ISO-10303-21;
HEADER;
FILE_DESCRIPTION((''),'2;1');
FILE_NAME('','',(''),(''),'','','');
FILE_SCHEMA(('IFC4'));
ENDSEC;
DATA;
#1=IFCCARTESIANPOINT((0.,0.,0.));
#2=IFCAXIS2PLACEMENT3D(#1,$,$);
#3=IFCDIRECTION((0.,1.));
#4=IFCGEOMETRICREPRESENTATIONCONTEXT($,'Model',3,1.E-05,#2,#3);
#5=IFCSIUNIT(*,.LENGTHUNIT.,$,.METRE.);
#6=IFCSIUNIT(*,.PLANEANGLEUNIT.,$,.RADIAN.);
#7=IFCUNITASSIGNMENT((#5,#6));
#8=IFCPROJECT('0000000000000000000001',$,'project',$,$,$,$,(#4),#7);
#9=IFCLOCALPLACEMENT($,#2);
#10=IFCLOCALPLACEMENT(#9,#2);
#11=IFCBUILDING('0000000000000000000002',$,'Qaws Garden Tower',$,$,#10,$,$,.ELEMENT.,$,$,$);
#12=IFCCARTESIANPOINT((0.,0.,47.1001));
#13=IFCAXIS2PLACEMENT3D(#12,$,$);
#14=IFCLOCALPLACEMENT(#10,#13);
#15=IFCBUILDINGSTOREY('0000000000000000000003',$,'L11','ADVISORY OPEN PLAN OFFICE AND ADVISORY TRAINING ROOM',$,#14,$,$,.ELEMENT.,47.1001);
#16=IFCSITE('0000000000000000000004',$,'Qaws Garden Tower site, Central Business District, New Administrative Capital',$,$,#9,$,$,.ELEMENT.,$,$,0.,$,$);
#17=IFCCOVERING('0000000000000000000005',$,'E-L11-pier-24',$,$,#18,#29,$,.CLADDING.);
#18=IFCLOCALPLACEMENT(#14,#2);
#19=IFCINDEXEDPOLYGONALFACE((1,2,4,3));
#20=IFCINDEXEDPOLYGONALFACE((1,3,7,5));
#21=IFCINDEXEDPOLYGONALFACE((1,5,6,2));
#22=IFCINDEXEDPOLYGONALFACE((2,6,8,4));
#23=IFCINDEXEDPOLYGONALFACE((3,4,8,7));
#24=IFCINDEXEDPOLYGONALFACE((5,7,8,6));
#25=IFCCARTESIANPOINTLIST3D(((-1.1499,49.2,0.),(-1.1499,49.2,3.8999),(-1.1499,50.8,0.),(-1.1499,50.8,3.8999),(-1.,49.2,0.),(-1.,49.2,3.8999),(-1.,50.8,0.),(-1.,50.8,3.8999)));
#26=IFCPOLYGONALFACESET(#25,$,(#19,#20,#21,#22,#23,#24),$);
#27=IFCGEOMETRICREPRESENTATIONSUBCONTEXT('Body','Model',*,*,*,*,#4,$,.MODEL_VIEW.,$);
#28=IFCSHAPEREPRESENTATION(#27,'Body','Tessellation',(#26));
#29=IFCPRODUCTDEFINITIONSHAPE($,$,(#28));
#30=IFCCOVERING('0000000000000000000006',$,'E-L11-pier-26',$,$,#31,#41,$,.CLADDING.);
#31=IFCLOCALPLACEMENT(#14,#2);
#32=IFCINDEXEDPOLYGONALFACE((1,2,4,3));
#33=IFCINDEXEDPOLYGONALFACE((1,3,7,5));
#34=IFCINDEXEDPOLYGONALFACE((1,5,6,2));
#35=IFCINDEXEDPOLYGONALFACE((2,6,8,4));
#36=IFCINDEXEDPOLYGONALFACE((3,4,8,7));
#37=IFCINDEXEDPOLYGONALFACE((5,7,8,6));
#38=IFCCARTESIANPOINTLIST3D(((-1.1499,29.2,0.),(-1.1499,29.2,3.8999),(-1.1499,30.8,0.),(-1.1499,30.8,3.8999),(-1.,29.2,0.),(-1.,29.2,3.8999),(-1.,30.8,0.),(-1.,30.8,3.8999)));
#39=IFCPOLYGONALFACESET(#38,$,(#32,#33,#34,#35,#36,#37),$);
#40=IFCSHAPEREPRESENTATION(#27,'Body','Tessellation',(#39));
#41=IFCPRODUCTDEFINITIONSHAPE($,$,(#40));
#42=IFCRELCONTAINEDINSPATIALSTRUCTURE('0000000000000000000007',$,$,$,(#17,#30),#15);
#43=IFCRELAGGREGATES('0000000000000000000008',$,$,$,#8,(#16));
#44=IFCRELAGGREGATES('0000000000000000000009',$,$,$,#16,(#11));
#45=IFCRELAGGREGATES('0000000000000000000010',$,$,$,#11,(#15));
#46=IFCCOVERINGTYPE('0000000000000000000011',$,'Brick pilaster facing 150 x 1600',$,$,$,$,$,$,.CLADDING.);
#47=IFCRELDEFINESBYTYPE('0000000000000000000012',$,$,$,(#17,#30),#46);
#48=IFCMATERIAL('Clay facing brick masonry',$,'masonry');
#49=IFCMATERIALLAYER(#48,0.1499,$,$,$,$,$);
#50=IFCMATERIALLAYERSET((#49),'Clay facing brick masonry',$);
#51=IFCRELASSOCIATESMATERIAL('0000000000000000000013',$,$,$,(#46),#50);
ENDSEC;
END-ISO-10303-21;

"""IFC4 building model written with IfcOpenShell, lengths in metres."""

from ifc_helpers import new_model, si_unit, direction, frame, origin, place, context, subcontext, project, spatial, polyline, outline, extrude, material, layer, layer_set, type_object, element, save


model = new_model("IFC4")

# Units and contexts
model_context = context("Model", 3, precision=1e-05, world=origin(), true_north=direction((0.0, 1.0)))
body_context = subcontext(model_context, "Body", "Model", "MODEL_VIEW")
ifc_project = project(units=[si_unit("LENGTHUNIT", "METRE"), si_unit("PLANEANGLEUNIT", "RADIAN")], contexts=[model_context])

# Site, building, storey
site_placement = place(None, origin())
site = spatial("IfcSite", under=ifc_project, at=site_placement, Name="Qaws Garden Tower site, Central Business District, New Administrative Capital", CompositionType="ELEMENT", RefElevation=0.0)
building_placement = place(site_placement, origin())
building = spatial("IfcBuilding", under=site, at=building_placement, Name="Qaws Garden Tower", CompositionType="ELEMENT")
storey_placement = place(building_placement, frame((0.0, 0.0, 47.1001)))
storey = spatial("IfcBuildingStorey", under=building, at=storey_placement, Name="L11", Description="ADVISORY OPEN PLAN OFFICE AND ADVISORY TRAINING ROOM", CompositionType="ELEMENT", Elevation=47.1001)

# Shared definitions
placement = place(storey_placement, origin())

# Coverings
ifc_material_1 = material(Name="Clay facing brick masonry", Category="masonry")
ifc_layer_1 = layer(ifc_material_1, 0.1499)
ifc_layer_set_1 = layer_set([ifc_layer_1], Name="Clay facing brick masonry")
covering_type = type_object("IfcCoveringType", Name="Brick pilaster facing 150 x 1600", PredefinedType="CLADDING", material=ifc_layer_set_1)
element("IfcCovering", 1, at=placement, inside=storey, type_object=covering_type, Name="E-L11-pier-24", PredefinedType="CLADDING", context=body_context, shape_type="SweptSolid", body=[
    extrude(outline(polyline([(-1.0, 50.8), (-1.0, 49.2), (-1.1499, 49.2), (-1.1499, 50.8), (-1.0, 50.8)])), origin(), (0.0, 0.0, 1.0), 3.8999),
])
element("IfcCovering", 2, at=placement, inside=storey, type_object=covering_type, Name="E-L11-pier-26", PredefinedType="CLADDING", context=body_context, shape_type="SweptSolid", body=[
    extrude(outline(polyline([(-1.0, 30.8), (-1.0, 29.2), (-1.1499, 29.2), (-1.1499, 30.8), (-1.0, 30.8)])), origin(), (0.0, 0.0, 1.0), 3.8999),
])

save(model, "model.ifc")
